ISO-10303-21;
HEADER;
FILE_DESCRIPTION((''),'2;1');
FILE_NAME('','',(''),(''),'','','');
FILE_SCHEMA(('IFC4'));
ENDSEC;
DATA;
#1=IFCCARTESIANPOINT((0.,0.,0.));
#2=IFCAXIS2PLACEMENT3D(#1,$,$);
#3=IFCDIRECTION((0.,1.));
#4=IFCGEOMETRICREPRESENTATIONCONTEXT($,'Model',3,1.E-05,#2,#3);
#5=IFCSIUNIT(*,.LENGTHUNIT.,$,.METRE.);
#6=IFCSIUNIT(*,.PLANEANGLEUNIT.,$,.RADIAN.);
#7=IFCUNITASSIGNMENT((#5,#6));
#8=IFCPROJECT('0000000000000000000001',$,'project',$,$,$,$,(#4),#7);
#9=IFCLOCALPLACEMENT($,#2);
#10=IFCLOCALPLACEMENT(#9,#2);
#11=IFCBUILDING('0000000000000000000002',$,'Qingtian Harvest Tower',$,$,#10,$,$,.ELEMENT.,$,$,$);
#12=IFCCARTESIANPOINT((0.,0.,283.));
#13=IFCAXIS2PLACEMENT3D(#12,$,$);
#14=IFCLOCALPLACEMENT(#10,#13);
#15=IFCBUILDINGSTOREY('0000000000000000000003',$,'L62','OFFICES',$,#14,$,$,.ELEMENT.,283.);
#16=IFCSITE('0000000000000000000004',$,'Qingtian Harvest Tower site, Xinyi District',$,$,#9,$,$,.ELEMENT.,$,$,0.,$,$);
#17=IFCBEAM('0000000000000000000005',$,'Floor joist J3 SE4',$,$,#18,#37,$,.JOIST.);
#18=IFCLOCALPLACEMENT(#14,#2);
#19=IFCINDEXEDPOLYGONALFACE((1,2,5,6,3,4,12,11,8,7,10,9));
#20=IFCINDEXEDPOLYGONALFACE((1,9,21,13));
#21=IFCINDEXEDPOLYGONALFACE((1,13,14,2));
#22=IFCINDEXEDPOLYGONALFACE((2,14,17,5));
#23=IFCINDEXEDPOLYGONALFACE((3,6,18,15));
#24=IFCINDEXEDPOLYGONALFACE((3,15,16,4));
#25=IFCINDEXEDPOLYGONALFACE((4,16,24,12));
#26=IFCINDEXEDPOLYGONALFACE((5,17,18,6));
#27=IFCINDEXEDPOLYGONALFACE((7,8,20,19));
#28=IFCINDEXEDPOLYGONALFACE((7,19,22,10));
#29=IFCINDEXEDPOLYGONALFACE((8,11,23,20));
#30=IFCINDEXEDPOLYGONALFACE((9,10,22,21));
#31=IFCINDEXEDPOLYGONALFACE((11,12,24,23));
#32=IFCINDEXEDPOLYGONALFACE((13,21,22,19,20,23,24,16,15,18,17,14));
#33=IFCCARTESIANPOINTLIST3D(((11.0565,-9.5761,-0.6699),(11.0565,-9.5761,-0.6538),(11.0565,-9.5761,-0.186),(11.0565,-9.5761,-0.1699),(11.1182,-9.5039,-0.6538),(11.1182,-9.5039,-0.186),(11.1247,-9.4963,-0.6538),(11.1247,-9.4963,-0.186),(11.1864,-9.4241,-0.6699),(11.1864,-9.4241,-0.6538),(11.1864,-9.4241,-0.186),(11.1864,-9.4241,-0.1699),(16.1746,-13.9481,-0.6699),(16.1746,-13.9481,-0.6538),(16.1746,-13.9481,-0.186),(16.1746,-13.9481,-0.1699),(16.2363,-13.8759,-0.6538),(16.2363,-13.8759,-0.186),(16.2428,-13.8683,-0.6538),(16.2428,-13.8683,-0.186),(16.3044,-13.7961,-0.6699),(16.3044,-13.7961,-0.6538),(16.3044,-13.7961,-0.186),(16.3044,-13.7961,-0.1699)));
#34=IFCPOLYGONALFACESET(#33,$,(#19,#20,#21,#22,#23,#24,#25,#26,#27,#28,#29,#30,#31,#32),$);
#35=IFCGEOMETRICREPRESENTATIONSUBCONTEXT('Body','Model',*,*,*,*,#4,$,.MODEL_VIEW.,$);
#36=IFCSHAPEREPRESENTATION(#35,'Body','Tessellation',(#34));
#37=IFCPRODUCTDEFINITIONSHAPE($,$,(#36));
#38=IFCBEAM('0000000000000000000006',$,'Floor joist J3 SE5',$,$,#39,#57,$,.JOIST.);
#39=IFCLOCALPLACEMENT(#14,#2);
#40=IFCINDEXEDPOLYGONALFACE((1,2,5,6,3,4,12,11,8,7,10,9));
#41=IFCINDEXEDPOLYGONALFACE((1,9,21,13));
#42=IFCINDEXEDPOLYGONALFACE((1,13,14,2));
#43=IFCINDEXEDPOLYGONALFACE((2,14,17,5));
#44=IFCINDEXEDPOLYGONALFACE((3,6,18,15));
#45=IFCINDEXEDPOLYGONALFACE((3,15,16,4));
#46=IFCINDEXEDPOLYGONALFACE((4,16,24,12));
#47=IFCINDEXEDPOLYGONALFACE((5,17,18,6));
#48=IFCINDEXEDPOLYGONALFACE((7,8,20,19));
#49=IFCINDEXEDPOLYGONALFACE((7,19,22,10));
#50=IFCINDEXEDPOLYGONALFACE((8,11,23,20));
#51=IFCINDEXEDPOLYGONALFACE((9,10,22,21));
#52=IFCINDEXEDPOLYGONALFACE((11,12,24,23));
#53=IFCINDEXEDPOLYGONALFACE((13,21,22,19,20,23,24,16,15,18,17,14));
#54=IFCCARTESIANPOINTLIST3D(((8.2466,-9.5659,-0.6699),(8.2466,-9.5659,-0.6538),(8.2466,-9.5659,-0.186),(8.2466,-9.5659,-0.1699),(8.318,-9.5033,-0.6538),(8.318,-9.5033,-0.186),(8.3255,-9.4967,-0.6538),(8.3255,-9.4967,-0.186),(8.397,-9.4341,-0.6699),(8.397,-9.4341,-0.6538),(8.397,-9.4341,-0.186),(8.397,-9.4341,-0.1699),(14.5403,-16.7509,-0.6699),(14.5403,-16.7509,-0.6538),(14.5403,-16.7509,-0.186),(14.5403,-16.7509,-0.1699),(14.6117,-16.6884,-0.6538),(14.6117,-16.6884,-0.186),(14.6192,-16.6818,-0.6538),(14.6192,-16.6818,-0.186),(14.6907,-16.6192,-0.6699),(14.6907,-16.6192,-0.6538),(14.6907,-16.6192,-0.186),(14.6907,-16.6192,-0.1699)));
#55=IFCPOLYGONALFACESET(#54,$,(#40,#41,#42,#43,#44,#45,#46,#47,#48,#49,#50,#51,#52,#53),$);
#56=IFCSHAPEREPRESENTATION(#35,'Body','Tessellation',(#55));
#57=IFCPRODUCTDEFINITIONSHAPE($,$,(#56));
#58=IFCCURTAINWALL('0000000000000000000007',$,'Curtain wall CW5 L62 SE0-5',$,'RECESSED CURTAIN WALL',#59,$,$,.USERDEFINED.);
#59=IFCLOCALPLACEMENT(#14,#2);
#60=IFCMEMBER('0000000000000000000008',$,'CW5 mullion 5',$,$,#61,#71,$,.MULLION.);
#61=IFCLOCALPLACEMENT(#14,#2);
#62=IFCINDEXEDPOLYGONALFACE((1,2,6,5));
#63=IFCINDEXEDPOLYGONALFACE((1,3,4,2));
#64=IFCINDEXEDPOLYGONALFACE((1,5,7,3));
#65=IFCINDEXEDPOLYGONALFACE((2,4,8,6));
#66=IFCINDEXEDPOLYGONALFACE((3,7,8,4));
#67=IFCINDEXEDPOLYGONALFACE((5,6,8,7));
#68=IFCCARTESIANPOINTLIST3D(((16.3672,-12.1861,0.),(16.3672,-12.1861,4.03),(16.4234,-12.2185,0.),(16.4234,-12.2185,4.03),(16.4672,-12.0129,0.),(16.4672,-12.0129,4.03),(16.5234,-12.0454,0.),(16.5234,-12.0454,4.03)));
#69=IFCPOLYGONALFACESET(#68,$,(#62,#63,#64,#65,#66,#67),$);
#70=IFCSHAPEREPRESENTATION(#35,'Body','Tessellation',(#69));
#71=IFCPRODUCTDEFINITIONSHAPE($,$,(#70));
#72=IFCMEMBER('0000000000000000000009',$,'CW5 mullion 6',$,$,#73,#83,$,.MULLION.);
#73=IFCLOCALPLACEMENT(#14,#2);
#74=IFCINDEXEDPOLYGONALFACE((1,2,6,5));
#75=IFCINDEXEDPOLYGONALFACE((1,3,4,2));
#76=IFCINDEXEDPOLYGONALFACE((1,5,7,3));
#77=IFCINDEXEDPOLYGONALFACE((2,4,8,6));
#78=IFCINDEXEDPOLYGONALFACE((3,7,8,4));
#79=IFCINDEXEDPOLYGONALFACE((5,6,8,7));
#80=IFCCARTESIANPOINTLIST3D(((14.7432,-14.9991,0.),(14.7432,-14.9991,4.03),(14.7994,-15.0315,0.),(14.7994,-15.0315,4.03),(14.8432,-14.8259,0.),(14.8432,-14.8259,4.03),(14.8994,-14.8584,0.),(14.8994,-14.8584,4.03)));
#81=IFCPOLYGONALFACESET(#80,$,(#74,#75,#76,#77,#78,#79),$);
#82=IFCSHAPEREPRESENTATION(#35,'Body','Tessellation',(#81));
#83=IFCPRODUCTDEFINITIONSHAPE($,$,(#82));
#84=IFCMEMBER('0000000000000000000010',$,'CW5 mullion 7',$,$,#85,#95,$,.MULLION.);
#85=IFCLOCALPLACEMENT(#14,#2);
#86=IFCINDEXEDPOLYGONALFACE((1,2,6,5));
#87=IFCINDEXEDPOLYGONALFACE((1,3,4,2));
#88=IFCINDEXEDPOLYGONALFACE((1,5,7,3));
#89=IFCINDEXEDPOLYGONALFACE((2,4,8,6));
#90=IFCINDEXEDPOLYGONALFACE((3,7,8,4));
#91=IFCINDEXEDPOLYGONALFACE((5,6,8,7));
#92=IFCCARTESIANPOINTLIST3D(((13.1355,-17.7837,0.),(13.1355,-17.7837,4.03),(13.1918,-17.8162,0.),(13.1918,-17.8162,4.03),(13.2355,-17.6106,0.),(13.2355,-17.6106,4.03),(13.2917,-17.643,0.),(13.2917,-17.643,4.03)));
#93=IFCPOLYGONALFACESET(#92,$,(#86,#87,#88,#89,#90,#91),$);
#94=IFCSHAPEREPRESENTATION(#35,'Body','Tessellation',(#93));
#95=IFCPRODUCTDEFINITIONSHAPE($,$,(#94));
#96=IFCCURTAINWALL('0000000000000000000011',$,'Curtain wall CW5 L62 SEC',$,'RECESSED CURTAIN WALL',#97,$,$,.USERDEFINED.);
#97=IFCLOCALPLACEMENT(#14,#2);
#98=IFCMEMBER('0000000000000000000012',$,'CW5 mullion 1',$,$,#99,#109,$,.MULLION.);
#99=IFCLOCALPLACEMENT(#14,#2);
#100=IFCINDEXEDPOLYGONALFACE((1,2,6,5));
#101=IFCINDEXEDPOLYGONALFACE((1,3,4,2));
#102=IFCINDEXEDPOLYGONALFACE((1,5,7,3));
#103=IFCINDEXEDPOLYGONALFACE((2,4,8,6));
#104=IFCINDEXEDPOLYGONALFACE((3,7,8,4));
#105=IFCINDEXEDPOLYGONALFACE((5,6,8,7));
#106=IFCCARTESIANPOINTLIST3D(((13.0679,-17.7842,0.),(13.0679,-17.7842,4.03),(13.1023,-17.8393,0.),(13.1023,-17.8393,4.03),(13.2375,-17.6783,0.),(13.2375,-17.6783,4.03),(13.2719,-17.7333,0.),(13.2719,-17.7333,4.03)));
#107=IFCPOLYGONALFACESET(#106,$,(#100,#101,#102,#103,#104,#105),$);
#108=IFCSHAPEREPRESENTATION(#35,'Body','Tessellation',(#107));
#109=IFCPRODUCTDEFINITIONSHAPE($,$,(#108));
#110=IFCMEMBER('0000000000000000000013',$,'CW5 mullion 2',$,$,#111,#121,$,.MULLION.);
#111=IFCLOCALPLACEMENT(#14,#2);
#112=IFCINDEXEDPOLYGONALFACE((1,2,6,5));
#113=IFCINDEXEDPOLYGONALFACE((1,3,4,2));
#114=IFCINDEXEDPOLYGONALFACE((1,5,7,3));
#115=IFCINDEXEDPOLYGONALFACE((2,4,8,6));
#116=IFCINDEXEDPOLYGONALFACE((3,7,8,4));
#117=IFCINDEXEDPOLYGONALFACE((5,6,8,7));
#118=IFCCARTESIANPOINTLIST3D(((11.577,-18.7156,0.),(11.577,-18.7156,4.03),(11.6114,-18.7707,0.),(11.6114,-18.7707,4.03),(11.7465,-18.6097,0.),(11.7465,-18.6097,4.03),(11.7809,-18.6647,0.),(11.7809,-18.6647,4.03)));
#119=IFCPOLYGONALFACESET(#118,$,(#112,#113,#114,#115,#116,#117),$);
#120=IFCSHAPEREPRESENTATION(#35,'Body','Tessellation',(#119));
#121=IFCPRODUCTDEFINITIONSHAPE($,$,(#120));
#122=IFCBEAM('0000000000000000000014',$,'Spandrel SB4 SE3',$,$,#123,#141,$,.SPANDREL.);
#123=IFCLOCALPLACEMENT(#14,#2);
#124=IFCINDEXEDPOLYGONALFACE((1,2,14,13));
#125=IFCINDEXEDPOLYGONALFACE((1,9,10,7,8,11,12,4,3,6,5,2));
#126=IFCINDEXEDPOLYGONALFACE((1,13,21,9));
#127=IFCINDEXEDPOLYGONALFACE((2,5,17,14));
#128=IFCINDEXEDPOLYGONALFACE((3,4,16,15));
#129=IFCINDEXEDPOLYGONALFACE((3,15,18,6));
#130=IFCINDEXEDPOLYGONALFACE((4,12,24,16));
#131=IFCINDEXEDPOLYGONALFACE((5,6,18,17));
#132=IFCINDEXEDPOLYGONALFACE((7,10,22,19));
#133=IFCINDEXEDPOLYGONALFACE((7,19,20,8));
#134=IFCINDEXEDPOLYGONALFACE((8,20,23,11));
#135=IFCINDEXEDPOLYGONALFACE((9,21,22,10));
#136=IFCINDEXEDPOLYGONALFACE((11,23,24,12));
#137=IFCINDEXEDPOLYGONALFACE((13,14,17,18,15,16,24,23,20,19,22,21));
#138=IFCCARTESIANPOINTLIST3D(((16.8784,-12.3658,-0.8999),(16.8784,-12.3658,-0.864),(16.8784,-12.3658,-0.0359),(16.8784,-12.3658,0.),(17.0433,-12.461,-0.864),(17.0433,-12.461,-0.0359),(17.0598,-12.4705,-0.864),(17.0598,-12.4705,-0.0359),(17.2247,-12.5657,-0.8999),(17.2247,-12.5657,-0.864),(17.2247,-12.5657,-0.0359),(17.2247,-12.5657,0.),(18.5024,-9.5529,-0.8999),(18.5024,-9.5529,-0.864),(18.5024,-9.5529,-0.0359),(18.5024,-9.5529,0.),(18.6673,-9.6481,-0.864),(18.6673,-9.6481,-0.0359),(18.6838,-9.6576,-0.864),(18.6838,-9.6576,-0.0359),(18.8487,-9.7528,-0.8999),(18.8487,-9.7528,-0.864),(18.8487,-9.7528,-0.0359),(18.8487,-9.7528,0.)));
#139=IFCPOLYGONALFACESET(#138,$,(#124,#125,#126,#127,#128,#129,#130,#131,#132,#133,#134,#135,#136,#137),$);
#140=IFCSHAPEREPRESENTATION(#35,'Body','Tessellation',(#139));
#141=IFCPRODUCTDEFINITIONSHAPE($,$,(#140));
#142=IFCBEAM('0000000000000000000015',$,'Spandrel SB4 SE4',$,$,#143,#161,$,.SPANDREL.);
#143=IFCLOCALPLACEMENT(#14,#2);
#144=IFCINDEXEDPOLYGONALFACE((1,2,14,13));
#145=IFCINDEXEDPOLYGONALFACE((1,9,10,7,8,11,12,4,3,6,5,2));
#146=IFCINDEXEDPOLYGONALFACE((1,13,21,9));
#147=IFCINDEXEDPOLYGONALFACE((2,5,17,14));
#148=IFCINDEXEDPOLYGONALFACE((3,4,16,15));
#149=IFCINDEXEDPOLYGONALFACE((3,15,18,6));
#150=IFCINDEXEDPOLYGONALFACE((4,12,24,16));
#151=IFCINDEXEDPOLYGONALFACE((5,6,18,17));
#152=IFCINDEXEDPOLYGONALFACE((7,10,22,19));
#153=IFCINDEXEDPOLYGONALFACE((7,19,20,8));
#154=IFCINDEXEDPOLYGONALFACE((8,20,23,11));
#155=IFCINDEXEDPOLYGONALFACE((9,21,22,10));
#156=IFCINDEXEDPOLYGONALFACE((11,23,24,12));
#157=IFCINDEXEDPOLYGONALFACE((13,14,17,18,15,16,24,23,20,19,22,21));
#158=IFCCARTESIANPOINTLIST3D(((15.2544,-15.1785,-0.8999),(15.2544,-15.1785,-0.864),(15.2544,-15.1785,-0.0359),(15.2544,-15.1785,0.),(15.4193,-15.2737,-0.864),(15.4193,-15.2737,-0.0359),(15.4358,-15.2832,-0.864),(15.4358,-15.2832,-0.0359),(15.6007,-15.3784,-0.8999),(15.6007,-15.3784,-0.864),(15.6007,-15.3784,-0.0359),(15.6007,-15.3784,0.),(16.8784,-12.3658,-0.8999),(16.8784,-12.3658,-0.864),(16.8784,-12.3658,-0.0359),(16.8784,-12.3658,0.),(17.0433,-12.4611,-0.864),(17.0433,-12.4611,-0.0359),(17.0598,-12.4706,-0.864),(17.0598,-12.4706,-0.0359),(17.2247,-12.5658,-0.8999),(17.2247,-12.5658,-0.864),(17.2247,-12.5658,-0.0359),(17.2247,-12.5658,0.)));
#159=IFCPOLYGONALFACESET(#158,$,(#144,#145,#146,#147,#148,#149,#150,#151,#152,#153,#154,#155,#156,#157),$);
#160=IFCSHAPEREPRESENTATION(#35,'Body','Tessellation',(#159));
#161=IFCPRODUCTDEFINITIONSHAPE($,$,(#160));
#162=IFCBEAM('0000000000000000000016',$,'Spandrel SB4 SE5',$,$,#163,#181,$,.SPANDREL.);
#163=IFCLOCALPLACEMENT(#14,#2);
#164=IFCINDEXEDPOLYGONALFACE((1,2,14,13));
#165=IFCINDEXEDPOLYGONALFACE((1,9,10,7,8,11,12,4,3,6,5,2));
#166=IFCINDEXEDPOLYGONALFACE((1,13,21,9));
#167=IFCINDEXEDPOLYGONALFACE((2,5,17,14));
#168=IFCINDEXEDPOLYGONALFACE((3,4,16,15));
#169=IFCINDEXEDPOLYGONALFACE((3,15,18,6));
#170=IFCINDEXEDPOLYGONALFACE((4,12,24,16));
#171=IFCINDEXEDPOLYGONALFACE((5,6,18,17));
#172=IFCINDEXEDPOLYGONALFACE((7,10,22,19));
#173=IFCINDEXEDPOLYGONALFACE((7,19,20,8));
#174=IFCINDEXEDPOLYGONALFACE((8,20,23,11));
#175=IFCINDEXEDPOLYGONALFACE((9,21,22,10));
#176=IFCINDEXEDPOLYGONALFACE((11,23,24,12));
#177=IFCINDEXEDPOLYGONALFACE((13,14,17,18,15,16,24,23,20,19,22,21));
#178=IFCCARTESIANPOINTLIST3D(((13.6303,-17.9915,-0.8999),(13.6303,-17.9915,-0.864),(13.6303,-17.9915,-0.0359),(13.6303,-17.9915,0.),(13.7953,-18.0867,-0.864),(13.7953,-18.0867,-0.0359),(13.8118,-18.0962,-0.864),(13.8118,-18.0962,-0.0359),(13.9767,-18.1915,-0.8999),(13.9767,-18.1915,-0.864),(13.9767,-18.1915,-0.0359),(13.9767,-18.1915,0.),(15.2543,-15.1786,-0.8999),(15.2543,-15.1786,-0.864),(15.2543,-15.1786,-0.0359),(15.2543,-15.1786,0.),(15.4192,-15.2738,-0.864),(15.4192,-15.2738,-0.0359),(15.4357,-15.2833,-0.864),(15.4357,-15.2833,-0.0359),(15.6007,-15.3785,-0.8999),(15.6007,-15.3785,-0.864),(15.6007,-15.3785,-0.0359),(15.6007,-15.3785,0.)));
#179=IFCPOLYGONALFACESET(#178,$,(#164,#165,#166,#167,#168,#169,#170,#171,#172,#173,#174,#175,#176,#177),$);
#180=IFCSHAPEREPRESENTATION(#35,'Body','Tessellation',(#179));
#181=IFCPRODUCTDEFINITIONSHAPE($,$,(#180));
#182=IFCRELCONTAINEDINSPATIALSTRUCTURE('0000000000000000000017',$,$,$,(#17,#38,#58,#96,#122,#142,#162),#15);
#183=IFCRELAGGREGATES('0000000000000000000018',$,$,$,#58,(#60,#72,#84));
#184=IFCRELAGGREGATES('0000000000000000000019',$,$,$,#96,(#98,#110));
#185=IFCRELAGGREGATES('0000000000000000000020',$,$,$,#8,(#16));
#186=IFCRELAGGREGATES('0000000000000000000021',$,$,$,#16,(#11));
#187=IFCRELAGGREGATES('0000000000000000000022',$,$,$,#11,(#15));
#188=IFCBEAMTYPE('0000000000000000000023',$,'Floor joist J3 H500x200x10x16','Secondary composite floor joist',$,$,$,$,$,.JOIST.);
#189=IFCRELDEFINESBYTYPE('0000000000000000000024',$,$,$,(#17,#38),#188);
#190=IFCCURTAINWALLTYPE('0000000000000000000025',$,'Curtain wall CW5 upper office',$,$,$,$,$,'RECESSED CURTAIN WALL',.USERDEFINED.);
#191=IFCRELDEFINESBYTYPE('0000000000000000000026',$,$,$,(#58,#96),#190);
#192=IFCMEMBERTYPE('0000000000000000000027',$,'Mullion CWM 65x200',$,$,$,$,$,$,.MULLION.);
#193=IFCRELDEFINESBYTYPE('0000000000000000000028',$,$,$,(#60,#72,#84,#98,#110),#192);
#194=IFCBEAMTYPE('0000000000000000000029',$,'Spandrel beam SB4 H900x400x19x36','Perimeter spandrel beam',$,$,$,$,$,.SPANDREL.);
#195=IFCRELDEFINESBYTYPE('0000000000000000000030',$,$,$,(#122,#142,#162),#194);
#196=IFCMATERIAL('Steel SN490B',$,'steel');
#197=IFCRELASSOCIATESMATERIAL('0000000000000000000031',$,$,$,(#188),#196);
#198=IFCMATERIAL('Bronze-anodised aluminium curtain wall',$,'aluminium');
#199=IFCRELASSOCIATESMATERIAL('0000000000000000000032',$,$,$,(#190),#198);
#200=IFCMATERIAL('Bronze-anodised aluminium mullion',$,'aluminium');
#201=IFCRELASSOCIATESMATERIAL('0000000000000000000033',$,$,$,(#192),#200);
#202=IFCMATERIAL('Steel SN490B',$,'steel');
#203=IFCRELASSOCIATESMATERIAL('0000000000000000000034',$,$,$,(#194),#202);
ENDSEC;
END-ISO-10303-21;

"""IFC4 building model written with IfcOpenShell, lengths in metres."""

from ifc_helpers import new_model, si_unit, direction, frame, origin, origin_2d, place, context, subcontext, project, spatial, rectangle, i_section, extrude, material, material_profile, profile_set, type_object, element, aggregate, save


model = new_model("IFC4")

# Units and contexts
model_context = context("Model", 3, precision=1e-05, world=origin(), true_north=direction((0.0, 1.0)))
body_context = subcontext(model_context, "Body", "Model", "MODEL_VIEW")
ifc_project = project(units=[si_unit("LENGTHUNIT", "METRE"), si_unit("PLANEANGLEUNIT", "RADIAN")], contexts=[model_context])

# Site, building, storey
site_placement = place(None, origin())
site = spatial("IfcSite", under=ifc_project, at=site_placement, Name="Qingtian Harvest Tower site, Xinyi District", CompositionType="ELEMENT", RefElevation=0.0)
building_placement = place(site_placement, origin())
building = spatial("IfcBuilding", under=site, at=building_placement, Name="Qingtian Harvest Tower", CompositionType="ELEMENT")
storey_placement = place(building_placement, frame((0.0, 0.0, 283.0)))
storey = spatial("IfcBuildingStorey", under=building, at=storey_placement, Name="L62", Description="OFFICES", CompositionType="ELEMENT", Elevation=283.0)

# Beams
ifc_material_1 = material(Name="Steel SN490B", Category="steel")
ifc_material_profile_1 = material_profile(ifc_material_1, i_section(OverallWidth=0.2, OverallDepth=0.5, WebThickness=0.01, FlangeThickness=0.0161, at=origin_2d()), Name="H500x200x10x16")
ifc_profile_set_1 = profile_set([ifc_material_profile_1], Name="Steel SN490B")
beam_type_1 = type_object("IfcBeamType", Name="Floor joist J3 H500x200x10x16", Description="Secondary composite floor joist", PredefinedType="JOIST", material=ifc_profile_set_1)
beam_1_placement = place(storey_placement, frame((16.2395, -13.8721, -0.4199), z_axis=(-0.760351, 0.649512, 0.0), x_axis=(-0.649512, -0.760351, 0.0)))
element("IfcBeam", 1, at=beam_1_placement, inside=storey, type_object=beam_type_1, Name="Floor joist J3 SE4", PredefinedType="JOIST", context=body_context, shape_type="SweptSolid", body=[
    extrude(i_section(OverallWidth=0.2, OverallDepth=0.5, WebThickness=0.01, FlangeThickness=0.0161, at=origin_2d()), origin(), (0.0, 0.0, 1.0), 6.7312),
])
beam_2_placement = place(storey_placement, frame((14.6155, -16.6851, -0.4199), z_axis=(-0.658906, 0.752225, 0.0), x_axis=(-0.752225, -0.658906, 0.0)))
element("IfcBeam", 2, at=beam_2_placement, inside=storey, type_object=beam_type_1, Name="Floor joist J3 SE5", PredefinedType="JOIST", context=body_context, shape_type="SweptSolid", body=[
    extrude(i_section(OverallWidth=0.2, OverallDepth=0.5, WebThickness=0.01, FlangeThickness=0.0161, at=origin_2d()), origin(), (0.0, 0.0, 1.0), 9.5518),
])

# Curtain walls, members
ifc_material_2 = material(Name="Bronze-anodised aluminium curtain wall", Category="aluminium")
curtain_wall_type = type_object("IfcCurtainWallType", Name="Curtain wall CW5 upper office", ElementType="RECESSED CURTAIN WALL", PredefinedType="USERDEFINED", material=ifc_material_2)
curtain_wall_1_placement = place(storey_placement, origin())
curtain_wall_1 = element("IfcCurtainWall", 3, at=curtain_wall_1_placement, inside=storey, type_object=curtain_wall_type, Name="Curtain wall CW5 L62 SE0-5", ObjectType="RECESSED CURTAIN WALL", PredefinedType="USERDEFINED")
ifc_material_3 = material(Name="Bronze-anodised aluminium mullion", Category="aluminium")
ifc_material_profile_2 = material_profile(ifc_material_3, rectangle(XDim=0.0649, YDim=0.2, at=origin_2d()), Name="AL 65x200")
ifc_profile_set_2 = profile_set([ifc_material_profile_2], Name="Bronze-anodised aluminium mullion")
member_type_1 = type_object("IfcMemberType", Name="Mullion CWM 65x200", PredefinedType="MULLION", material=ifc_profile_set_2)
member_1_placement = place(storey_placement, frame((16.4453, -12.1157, 0.0), z_axis=(0.0, 0.0, 1.0), x_axis=(0.866025, -0.5, 0.0)))
member_1 = element("IfcMember", 4, at=member_1_placement, type_object=member_type_1, Name="CW5 mullion 5", PredefinedType="MULLION", context=body_context, shape_type="SweptSolid", body=[
    extrude(rectangle(XDim=0.0649, YDim=0.2, at=origin_2d()), origin(), (0.0, 0.0, 1.0), 4.03),
])
member_2_placement = place(storey_placement, frame((14.8213, -14.9287, 0.0), z_axis=(0.0, 0.0, 1.0), x_axis=(0.866025, -0.5, 0.0)))
member_2 = element("IfcMember", 5, at=member_2_placement, type_object=member_type_1, Name="CW5 mullion 6", PredefinedType="MULLION", context=body_context, shape_type="SweptSolid", body=[
    extrude(rectangle(XDim=0.0649, YDim=0.2, at=origin_2d()), origin(), (0.0, 0.0, 1.0), 4.03),
])
member_3_placement = place(storey_placement, frame((13.2136, -17.7134, 0.0), z_axis=(0.0, 0.0, 1.0), x_axis=(0.866025, -0.5, 0.0)))
member_3 = element("IfcMember", 6, at=member_3_placement, type_object=member_type_1, Name="CW5 mullion 7", PredefinedType="MULLION", context=body_context, shape_type="SweptSolid", body=[
    extrude(rectangle(XDim=0.0649, YDim=0.2, at=origin_2d()), origin(), (0.0, 0.0, 1.0), 4.03),
])
curtain_wall_2_placement = place(storey_placement, origin())
curtain_wall_2 = element("IfcCurtainWall", 7, at=curtain_wall_2_placement, inside=storey, type_object=curtain_wall_type, Name="Curtain wall CW5 L62 SEC", ObjectType="RECESSED CURTAIN WALL", PredefinedType="USERDEFINED")
member_4_placement = place(storey_placement, frame((13.1699, -17.7588, 0.0), z_axis=(0.0, 0.0, 1.0), x_axis=(0.529919, -0.848048, 0.0)))
member_4 = element("IfcMember", 8, at=member_4_placement, type_object=member_type_1, Name="CW5 mullion 1", PredefinedType="MULLION", context=body_context, shape_type="SweptSolid", body=[
    extrude(rectangle(XDim=0.0649, YDim=0.2, at=origin_2d()), origin(), (0.0, 0.0, 1.0), 4.03),
])
member_5_placement = place(storey_placement, frame((11.679, -18.6902, 0.0), z_axis=(0.0, 0.0, 1.0), x_axis=(0.529919, -0.848048, 0.0)))
member_5 = element("IfcMember", 9, at=member_5_placement, type_object=member_type_1, Name="CW5 mullion 2", PredefinedType="MULLION", context=body_context, shape_type="SweptSolid", body=[
    extrude(rectangle(XDim=0.0649, YDim=0.2, at=origin_2d()), origin(), (0.0, 0.0, 1.0), 4.03),
])

# Beams
ifc_material_4 = material(Name="Steel SN490B", Category="steel")
ifc_material_profile_3 = material_profile(ifc_material_4, i_section(OverallWidth=0.3999, OverallDepth=0.8999, WebThickness=0.019, FlangeThickness=0.0359, at=origin_2d()), Name="H900x400x19x36")
ifc_profile_set_3 = profile_set([ifc_material_profile_3], Name="Steel SN490B")
beam_type_2 = type_object("IfcBeamType", Name="Spandrel beam SB4 H900x400x19x36", Description="Perimeter spandrel beam", PredefinedType="SPANDREL", material=ifc_profile_set_3)
beam_3_placement = place(storey_placement, frame((18.6755, -9.6528, -0.45), z_axis=(-0.499987, -0.866033, 0.0), x_axis=(0.866033, -0.499987, 0.0)))
element("IfcBeam", 10, at=beam_3_placement, inside=storey, type_object=beam_type_2, Name="Spandrel SB4 SE3", PredefinedType="SPANDREL", context=body_context, shape_type="SweptSolid", body=[
    extrude(i_section(OverallWidth=0.3999, OverallDepth=0.8999, WebThickness=0.019, FlangeThickness=0.0359, at=origin_2d()), origin(), (0.0, 0.0, 1.0), 3.248),
])
beam_4_placement = place(storey_placement, frame((17.0515, -12.4658, -0.45), z_axis=(-0.50002, -0.866014, 0.0), x_axis=(0.866014, -0.50002, 0.0)))
element("IfcBeam", 11, at=beam_4_placement, inside=storey, type_object=beam_type_2, Name="Spandrel SB4 SE4", PredefinedType="SPANDREL", context=body_context, shape_type="SweptSolid", body=[
    extrude(i_section(OverallWidth=0.3999, OverallDepth=0.8999, WebThickness=0.019, FlangeThickness=0.0359, at=origin_2d()), origin(), (0.0, 0.0, 1.0), 3.2478),
])
beam_5_placement = place(storey_placement, frame((15.4275, -15.2786, -0.45), z_axis=(-0.499987, -0.866033, 0.0), x_axis=(0.866033, -0.499987, 0.0)))
element("IfcBeam", 12, at=beam_5_placement, inside=storey, type_object=beam_type_2, Name="Spandrel SB4 SE5", PredefinedType="SPANDREL", context=body_context, shape_type="SweptSolid", body=[
    extrude(i_section(OverallWidth=0.3999, OverallDepth=0.8999, WebThickness=0.019, FlangeThickness=0.0359, at=origin_2d()), origin(), (0.0, 0.0, 1.0), 3.248),
])

aggregate(curtain_wall_1, [member_1, member_2, member_3])
aggregate(curtain_wall_2, [member_4, member_5])

save(model, "model.ifc")
